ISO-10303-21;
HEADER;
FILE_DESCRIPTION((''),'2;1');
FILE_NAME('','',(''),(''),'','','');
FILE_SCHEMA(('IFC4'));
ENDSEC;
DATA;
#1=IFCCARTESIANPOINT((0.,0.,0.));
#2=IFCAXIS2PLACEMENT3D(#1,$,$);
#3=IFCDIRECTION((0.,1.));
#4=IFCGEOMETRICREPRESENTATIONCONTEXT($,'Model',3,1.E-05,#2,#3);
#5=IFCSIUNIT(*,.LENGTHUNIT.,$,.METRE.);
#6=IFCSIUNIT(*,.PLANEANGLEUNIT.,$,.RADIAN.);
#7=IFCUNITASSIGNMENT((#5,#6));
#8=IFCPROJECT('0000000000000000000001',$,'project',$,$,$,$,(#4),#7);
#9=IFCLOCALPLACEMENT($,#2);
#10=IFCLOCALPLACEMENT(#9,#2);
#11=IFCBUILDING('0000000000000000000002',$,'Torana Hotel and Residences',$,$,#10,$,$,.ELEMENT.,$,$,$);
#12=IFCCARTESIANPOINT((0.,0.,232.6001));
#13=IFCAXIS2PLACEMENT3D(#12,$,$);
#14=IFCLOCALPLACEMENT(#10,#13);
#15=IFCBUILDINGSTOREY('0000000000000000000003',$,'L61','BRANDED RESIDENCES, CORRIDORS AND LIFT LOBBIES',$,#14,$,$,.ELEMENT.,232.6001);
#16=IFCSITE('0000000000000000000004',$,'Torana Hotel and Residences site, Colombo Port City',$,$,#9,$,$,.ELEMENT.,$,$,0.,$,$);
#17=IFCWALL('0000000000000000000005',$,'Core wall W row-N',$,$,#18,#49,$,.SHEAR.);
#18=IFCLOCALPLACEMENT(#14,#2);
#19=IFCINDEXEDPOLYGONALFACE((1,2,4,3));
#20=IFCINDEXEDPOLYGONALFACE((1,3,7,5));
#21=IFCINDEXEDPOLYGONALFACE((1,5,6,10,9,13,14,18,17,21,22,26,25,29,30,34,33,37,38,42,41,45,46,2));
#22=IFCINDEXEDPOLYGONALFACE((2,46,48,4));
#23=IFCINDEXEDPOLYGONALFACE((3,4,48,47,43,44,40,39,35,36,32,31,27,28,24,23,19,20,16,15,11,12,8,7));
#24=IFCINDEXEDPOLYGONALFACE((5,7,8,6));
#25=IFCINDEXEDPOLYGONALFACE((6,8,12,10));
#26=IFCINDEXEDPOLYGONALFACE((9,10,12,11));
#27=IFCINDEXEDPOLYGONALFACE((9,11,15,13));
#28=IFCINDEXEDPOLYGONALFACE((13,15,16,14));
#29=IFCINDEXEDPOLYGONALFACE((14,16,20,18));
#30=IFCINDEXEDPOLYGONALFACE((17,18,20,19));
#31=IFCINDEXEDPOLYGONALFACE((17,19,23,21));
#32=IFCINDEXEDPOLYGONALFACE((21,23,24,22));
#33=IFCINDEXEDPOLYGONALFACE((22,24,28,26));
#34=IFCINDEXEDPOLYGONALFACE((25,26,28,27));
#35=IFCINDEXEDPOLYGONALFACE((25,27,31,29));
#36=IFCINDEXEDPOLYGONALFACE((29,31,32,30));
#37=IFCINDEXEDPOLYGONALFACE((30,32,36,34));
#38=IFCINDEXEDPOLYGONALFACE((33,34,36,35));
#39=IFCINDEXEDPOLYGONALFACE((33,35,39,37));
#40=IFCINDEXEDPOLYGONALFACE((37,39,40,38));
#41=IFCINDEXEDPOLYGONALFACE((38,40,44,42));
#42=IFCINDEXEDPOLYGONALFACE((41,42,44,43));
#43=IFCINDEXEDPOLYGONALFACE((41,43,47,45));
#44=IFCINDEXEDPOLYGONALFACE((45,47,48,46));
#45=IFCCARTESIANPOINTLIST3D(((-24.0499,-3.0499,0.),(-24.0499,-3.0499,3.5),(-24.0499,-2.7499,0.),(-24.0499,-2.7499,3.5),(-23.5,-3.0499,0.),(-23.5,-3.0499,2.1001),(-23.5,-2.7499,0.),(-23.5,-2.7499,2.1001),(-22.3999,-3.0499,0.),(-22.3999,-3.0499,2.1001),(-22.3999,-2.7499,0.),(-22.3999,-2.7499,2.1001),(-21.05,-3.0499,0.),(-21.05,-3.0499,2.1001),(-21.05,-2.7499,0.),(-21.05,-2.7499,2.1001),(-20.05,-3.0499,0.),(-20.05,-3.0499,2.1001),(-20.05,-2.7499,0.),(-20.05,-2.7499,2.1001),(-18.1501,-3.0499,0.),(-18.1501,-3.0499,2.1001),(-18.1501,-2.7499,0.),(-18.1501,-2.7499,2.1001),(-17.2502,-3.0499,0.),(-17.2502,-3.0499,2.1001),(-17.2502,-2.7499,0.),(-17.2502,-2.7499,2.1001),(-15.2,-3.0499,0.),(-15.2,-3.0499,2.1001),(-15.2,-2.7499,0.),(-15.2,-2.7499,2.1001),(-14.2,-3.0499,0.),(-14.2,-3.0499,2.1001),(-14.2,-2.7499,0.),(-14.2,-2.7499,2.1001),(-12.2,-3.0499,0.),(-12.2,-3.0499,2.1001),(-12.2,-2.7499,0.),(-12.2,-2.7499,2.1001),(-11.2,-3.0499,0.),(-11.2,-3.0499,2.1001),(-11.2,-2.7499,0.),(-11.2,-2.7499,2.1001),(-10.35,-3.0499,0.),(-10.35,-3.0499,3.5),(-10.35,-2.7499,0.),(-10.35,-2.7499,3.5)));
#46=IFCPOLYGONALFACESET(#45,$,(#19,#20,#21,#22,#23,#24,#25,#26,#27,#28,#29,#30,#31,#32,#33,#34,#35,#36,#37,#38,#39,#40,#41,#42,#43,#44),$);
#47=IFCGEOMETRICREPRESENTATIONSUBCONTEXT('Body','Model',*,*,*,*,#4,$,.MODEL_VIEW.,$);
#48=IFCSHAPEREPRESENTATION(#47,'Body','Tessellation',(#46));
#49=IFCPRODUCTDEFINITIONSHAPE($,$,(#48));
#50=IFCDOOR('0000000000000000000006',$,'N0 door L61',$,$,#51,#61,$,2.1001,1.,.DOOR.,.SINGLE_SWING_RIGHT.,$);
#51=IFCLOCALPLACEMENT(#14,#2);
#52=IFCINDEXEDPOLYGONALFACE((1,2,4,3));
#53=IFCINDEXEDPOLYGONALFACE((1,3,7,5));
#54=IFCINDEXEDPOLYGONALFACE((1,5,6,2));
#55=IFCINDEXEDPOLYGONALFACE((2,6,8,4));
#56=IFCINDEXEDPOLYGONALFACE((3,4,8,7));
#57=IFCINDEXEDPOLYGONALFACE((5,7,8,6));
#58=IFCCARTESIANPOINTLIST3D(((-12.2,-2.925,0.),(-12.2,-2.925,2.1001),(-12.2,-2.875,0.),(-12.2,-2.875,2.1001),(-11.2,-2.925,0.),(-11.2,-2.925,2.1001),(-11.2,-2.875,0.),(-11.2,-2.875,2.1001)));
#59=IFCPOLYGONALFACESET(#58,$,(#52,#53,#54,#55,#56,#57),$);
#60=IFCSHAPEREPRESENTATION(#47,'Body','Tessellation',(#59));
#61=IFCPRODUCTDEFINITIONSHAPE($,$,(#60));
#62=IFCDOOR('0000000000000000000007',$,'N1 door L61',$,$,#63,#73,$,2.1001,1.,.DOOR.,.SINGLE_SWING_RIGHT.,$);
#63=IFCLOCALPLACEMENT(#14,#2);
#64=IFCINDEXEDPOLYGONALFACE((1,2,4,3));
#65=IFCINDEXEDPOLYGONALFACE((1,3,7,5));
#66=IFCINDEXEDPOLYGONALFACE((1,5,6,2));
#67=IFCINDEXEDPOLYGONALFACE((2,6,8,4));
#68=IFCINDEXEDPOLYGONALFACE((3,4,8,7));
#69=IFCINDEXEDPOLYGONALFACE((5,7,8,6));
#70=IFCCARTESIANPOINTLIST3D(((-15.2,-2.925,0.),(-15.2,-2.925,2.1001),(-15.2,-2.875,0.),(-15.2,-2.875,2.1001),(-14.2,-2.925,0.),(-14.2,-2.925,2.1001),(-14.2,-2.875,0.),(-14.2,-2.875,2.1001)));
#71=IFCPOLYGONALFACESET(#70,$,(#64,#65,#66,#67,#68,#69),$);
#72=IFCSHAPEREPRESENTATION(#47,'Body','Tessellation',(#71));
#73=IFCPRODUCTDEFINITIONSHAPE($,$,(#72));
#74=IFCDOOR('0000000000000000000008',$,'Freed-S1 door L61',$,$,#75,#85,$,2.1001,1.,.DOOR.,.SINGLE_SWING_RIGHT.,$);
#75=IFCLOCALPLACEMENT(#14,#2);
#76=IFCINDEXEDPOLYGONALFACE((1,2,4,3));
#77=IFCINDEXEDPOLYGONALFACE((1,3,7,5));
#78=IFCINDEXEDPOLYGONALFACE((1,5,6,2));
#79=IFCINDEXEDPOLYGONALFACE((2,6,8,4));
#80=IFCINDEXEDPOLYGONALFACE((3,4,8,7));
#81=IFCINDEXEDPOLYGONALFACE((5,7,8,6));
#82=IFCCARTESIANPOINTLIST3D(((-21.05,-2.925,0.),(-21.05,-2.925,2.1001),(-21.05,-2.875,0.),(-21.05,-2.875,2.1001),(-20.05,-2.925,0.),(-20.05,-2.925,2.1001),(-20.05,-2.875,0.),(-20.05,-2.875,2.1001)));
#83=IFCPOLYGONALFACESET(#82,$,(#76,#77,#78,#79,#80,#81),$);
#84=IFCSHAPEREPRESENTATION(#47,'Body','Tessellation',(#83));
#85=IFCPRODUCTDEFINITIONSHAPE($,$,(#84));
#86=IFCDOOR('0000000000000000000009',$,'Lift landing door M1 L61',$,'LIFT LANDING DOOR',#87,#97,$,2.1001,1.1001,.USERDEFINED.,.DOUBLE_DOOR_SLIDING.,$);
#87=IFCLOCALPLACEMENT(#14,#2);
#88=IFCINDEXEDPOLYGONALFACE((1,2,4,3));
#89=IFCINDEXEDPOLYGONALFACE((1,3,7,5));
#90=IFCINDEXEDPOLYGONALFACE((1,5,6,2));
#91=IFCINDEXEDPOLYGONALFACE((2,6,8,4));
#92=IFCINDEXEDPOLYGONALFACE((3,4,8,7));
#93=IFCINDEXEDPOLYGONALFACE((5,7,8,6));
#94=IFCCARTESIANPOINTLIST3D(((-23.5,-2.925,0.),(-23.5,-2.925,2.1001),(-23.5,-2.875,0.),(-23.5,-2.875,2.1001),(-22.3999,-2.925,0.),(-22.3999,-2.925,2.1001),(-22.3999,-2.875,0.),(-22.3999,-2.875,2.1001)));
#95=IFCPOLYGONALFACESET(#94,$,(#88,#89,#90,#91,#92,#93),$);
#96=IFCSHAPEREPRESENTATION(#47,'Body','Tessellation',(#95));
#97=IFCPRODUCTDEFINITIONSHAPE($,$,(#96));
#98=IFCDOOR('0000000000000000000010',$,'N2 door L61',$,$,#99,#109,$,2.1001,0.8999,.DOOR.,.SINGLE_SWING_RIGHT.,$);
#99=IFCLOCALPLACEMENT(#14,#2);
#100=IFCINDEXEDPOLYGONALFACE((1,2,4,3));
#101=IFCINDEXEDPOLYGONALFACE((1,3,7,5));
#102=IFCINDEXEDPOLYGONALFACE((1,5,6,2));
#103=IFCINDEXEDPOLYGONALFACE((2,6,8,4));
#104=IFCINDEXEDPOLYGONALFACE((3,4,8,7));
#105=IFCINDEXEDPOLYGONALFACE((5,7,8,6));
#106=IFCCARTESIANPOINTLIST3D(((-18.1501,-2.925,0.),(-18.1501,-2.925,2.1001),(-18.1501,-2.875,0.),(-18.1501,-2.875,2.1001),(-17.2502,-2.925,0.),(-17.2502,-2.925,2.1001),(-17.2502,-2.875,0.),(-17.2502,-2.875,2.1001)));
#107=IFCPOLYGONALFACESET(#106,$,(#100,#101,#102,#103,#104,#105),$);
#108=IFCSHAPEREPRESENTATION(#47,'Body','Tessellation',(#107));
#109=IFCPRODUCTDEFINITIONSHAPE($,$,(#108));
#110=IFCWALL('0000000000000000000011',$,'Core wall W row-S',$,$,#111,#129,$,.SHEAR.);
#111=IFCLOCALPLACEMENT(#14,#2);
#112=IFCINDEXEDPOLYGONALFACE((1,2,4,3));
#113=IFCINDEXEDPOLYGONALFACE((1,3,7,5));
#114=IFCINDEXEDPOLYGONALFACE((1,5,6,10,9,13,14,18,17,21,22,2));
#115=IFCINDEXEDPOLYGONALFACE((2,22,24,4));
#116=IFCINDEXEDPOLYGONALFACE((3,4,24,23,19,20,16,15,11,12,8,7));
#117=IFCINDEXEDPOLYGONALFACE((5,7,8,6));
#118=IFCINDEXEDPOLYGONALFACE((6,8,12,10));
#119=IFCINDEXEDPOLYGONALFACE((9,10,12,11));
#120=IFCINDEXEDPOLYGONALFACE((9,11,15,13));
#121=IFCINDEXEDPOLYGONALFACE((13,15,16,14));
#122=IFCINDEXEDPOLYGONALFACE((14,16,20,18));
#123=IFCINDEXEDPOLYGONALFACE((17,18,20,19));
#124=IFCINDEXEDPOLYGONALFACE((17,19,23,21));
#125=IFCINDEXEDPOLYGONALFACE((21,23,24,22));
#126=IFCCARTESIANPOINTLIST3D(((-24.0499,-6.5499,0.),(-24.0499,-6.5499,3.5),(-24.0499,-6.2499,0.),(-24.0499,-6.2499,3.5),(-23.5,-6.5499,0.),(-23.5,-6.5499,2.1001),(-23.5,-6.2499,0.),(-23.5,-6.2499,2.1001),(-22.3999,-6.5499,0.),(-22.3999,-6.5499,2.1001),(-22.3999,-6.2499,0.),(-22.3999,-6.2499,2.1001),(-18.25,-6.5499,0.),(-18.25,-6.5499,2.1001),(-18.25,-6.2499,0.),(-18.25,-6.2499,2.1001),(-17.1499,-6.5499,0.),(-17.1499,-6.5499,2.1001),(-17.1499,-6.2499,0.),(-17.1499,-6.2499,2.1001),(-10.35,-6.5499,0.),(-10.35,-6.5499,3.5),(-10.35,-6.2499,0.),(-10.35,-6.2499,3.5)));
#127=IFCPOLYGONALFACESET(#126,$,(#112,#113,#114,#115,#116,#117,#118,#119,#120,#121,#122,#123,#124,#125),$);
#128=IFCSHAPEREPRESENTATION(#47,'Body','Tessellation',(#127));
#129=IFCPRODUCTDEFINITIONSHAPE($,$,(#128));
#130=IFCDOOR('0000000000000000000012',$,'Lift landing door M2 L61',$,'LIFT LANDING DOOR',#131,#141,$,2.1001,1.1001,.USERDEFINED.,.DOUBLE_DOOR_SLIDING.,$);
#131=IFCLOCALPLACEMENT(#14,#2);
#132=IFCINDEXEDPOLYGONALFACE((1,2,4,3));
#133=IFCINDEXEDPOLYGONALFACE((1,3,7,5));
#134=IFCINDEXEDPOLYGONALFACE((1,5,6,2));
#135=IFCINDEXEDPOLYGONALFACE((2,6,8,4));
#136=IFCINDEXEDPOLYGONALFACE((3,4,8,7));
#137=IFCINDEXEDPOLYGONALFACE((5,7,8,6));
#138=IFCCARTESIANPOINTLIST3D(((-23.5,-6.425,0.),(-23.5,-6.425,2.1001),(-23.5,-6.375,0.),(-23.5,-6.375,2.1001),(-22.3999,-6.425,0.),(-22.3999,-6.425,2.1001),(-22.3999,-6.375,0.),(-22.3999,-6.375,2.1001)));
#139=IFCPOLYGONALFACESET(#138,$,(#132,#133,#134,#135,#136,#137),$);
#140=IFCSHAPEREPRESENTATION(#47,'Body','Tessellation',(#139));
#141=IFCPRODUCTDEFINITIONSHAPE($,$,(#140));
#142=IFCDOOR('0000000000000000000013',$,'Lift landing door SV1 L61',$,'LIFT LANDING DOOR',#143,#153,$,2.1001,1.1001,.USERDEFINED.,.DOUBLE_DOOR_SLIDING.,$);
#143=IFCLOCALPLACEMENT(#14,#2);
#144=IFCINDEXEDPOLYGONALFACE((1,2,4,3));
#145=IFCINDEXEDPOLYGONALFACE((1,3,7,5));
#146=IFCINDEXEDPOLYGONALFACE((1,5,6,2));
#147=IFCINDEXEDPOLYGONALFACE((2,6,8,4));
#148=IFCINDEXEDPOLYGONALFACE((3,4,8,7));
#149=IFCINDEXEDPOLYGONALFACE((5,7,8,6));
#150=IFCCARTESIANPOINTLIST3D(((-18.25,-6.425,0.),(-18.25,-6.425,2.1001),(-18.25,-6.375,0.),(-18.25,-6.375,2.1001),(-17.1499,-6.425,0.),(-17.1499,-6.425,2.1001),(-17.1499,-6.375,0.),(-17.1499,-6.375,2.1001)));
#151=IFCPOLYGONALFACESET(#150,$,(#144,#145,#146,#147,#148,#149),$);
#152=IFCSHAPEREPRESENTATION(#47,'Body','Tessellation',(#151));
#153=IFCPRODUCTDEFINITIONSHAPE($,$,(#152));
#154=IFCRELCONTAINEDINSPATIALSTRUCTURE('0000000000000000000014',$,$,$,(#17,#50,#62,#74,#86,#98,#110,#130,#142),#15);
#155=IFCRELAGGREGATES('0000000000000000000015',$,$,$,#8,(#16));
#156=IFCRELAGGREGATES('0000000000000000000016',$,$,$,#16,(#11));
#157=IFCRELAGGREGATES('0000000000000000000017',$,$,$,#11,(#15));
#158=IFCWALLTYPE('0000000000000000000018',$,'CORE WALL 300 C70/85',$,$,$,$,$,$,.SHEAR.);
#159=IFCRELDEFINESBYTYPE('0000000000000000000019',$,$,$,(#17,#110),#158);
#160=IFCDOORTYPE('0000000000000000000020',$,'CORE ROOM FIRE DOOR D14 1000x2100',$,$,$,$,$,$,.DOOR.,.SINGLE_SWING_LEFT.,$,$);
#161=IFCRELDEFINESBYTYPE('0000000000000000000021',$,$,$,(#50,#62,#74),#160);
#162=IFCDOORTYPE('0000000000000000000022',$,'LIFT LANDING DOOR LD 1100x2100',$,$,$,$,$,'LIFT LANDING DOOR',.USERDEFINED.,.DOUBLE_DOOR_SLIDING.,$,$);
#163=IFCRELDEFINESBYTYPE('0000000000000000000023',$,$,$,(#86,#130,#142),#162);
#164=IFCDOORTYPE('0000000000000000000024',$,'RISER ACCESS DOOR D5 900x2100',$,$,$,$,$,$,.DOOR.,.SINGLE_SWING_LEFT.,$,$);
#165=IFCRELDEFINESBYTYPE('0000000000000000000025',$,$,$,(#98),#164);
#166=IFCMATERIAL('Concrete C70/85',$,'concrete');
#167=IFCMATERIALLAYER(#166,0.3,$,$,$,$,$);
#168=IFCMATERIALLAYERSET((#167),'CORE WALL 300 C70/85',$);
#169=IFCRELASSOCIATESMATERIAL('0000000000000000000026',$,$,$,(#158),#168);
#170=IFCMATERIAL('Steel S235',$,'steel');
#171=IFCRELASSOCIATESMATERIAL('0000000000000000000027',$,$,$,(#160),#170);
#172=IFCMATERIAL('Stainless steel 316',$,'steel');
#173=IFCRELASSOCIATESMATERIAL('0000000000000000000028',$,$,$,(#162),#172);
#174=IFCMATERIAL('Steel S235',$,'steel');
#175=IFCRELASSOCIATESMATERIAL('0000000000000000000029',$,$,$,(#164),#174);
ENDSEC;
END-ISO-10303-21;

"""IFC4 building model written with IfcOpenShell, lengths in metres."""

from ifc_helpers import new_model, si_unit, direction, frame, frame_2d, origin, place, context, subcontext, project, spatial, rectangle, extrude, material, layer, layer_set, type_object, element, fill, save


model = new_model("IFC4")

# Units and contexts
model_context = context("Model", 3, precision=1e-05, world=origin(), true_north=direction((0.0, 1.0)))
body_context = subcontext(model_context, "Body", "Model", "MODEL_VIEW")
ifc_project = project(units=[si_unit("LENGTHUNIT", "METRE"), si_unit("PLANEANGLEUNIT", "RADIAN")], contexts=[model_context])

# Site, building, storey
site_placement = place(None, origin())
site = spatial("IfcSite", under=ifc_project, at=site_placement, Name="Torana Hotel and Residences site, Colombo Port City", CompositionType="ELEMENT", RefElevation=0.0)
building_placement = place(site_placement, origin())
building = spatial("IfcBuilding", under=site, at=building_placement, Name="Torana Hotel and Residences", CompositionType="ELEMENT")
storey_placement = place(building_placement, frame((0.0, 0.0, 232.6001)))
storey = spatial("IfcBuildingStorey", under=building, at=storey_placement, Name="L61", Description="BRANDED RESIDENCES, CORRIDORS AND LIFT LOBBIES", CompositionType="ELEMENT", Elevation=232.6001)

# Walls, openings, doors
ifc_material_1 = material(Name="Concrete C70/85", Category="concrete")
ifc_layer_1 = layer(ifc_material_1, 0.3)
ifc_layer_set_1 = layer_set([ifc_layer_1], Name="CORE WALL 300 C70/85")
wall_type_1 = type_object("IfcWallType", Name="CORE WALL 300 C70/85", PredefinedType="SHEAR", material=ifc_layer_set_1)
wall_1_placement = place(storey_placement, frame((-24.05, -2.8999, 0.0), z_axis=(0.0, 0.0, 1.0), x_axis=(1.0, 0.0, 0.0)))
wall_1 = element("IfcWall", 1, at=wall_1_placement, inside=storey, type_object=wall_type_1, Name="Core wall W row-N", PredefinedType="SHEAR", context=body_context, shape_type="SweptSolid", body=[
    extrude(rectangle(XDim=13.7, YDim=0.3, at=frame_2d((6.8501, 0.0))), origin(), (0.0, 0.0, 1.0), 3.5),
])
opening_1_placement = place(wall_1_placement, frame((0.55, 0.0, 0.0)))
opening_1 = element("IfcOpeningElement", 2, at=opening_1_placement, cuts=wall_1, PredefinedType="OPENING", context=body_context, shape_type="SweptSolid", body=[
    extrude(rectangle(XDim=1.1001, YDim=2.1001, at=frame_2d((0.55, 1.05))), frame((0.0, 0.1599, 0.0), z_axis=(0.0, -1.0, 0.0), x_axis=(1.0, 0.0, 0.0)), (0.0, 0.0, 1.0), 0.3201),
])
opening_2_placement = place(wall_1_placement, frame((5.8999, 0.0, 0.0)))
opening_2 = element("IfcOpeningElement", 3, at=opening_2_placement, cuts=wall_1, PredefinedType="OPENING", context=body_context, shape_type="SweptSolid", body=[
    extrude(rectangle(XDim=0.8999, YDim=2.1001, at=frame_2d((0.45, 1.05))), frame((0.0, 0.1599, 0.0), z_axis=(0.0, -1.0, 0.0), x_axis=(1.0, 0.0, 0.0)), (0.0, 0.0, 1.0), 0.3201),
])
opening_3_placement = place(wall_1_placement, frame((11.8501, 0.0, 0.0)))
opening_3 = element("IfcOpeningElement", 4, at=opening_3_placement, cuts=wall_1, PredefinedType="OPENING", context=body_context, shape_type="SweptSolid", body=[
    extrude(rectangle(XDim=1.0, YDim=2.1001, at=frame_2d((0.5, 1.05))), frame((0.0, 0.1599, 0.0), z_axis=(0.0, -1.0, 0.0), x_axis=(1.0, 0.0, 0.0)), (0.0, 0.0, 1.0), 0.3201),
])
opening_4_placement = place(wall_1_placement, frame((8.8501, 0.0, 0.0)))
opening_4 = element("IfcOpeningElement", 5, at=opening_4_placement, cuts=wall_1, PredefinedType="OPENING", context=body_context, shape_type="SweptSolid", body=[
    extrude(rectangle(XDim=1.0, YDim=2.1001, at=frame_2d((0.5, 1.05))), frame((0.0, 0.1599, 0.0), z_axis=(0.0, -1.0, 0.0), x_axis=(1.0, 0.0, 0.0)), (0.0, 0.0, 1.0), 0.3201),
])
opening_5_placement = place(wall_1_placement, frame((3.0, 0.0, 0.0)))
opening_5 = element("IfcOpeningElement", 6, at=opening_5_placement, cuts=wall_1, PredefinedType="OPENING", context=body_context, shape_type="SweptSolid", body=[
    extrude(rectangle(XDim=1.0, YDim=2.1001, at=frame_2d((0.5, 1.05))), frame((0.0, 0.1599, 0.0), z_axis=(0.0, -1.0, 0.0), x_axis=(1.0, 0.0, 0.0)), (0.0, 0.0, 1.0), 0.3201),
])
ifc_material_2 = material(Name="Steel S235", Category="steel")
door_type_1 = type_object("IfcDoorType", Name="CORE ROOM FIRE DOOR D14 1000x2100", OperationType="SINGLE_SWING_LEFT", PredefinedType="DOOR", material=ifc_material_2)
door_1_placement = place(opening_3_placement, origin())
door_1 = element("IfcDoor", 7, at=door_1_placement, inside=storey, type_object=door_type_1, Name="N0 door L61", OperationType="SINGLE_SWING_RIGHT", OverallHeight=2.1001, OverallWidth=1.0, PredefinedType="DOOR", context=body_context, shape_type="SweptSolid", body=[
    extrude(rectangle(XDim=1.0, YDim=2.1001, at=frame_2d((0.5, 1.05))), frame((0.0, 0.0249, 0.0), z_axis=(0.0, -1.0, 0.0), x_axis=(1.0, 0.0, 0.0)), (0.0, 0.0, 1.0), 0.05),
])
fill(opening_3, door_1)
door_2_placement = place(opening_4_placement, origin())
door_2 = element("IfcDoor", 8, at=door_2_placement, inside=storey, type_object=door_type_1, Name="N1 door L61", OperationType="SINGLE_SWING_RIGHT", OverallHeight=2.1001, OverallWidth=1.0, PredefinedType="DOOR", context=body_context, shape_type="SweptSolid", body=[
    extrude(rectangle(XDim=1.0, YDim=2.1001, at=frame_2d((0.5, 1.05))), frame((0.0, 0.0249, 0.0), z_axis=(0.0, -1.0, 0.0), x_axis=(1.0, 0.0, 0.0)), (0.0, 0.0, 1.0), 0.05),
])
fill(opening_4, door_2)
door_3_placement = place(opening_5_placement, origin())
door_3 = element("IfcDoor", 9, at=door_3_placement, inside=storey, type_object=door_type_1, Name="Freed-S1 door L61", OperationType="SINGLE_SWING_RIGHT", OverallHeight=2.1001, OverallWidth=1.0, PredefinedType="DOOR", context=body_context, shape_type="SweptSolid", body=[
    extrude(rectangle(XDim=1.0, YDim=2.1001, at=frame_2d((0.5, 1.05))), frame((0.0, 0.0249, 0.0), z_axis=(0.0, -1.0, 0.0), x_axis=(1.0, 0.0, 0.0)), (0.0, 0.0, 1.0), 0.05),
])
fill(opening_5, door_3)
ifc_material_3 = material(Name="Stainless steel 316", Category="steel")
door_type_2 = type_object("IfcDoorType", Name="LIFT LANDING DOOR LD 1100x2100", ElementType="LIFT LANDING DOOR", OperationType="DOUBLE_DOOR_SLIDING", PredefinedType="USERDEFINED", material=ifc_material_3)
door_4_placement = place(opening_1_placement, origin())
door_4 = element("IfcDoor", 10, at=door_4_placement, inside=storey, type_object=door_type_2, Name="Lift landing door M1 L61", ObjectType="LIFT LANDING DOOR", OperationType="DOUBLE_DOOR_SLIDING", OverallHeight=2.1001, OverallWidth=1.1001, PredefinedType="USERDEFINED", context=body_context, shape_type="SweptSolid", body=[
    extrude(rectangle(XDim=1.1001, YDim=2.1001, at=frame_2d((0.55, 1.05))), frame((0.0, 0.0249, 0.0), z_axis=(0.0, -1.0, 0.0), x_axis=(1.0, 0.0, 0.0)), (0.0, 0.0, 1.0), 0.05),
])
fill(opening_1, door_4)
ifc_material_4 = material(Name="Steel S235", Category="steel")
door_type_3 = type_object("IfcDoorType", Name="RISER ACCESS DOOR D5 900x2100", OperationType="SINGLE_SWING_LEFT", PredefinedType="DOOR", material=ifc_material_4)
door_5_placement = place(opening_2_placement, origin())
door_5 = element("IfcDoor", 11, at=door_5_placement, inside=storey, type_object=door_type_3, Name="N2 door L61", OperationType="SINGLE_SWING_RIGHT", OverallHeight=2.1001, OverallWidth=0.8999, PredefinedType="DOOR", context=body_context, shape_type="SweptSolid", body=[
    extrude(rectangle(XDim=0.8999, YDim=2.1001, at=frame_2d((0.45, 1.05))), frame((0.0, 0.0249, 0.0), z_axis=(0.0, -1.0, 0.0), x_axis=(1.0, 0.0, 0.0)), (0.0, 0.0, 1.0), 0.05),
])
fill(opening_2, door_5)
wall_2_placement = place(storey_placement, frame((-24.05, -6.3999, 0.0), z_axis=(0.0, 0.0, 1.0), x_axis=(1.0, 0.0, 0.0)))
wall_2 = element("IfcWall", 12, at=wall_2_placement, inside=storey, type_object=wall_type_1, Name="Core wall W row-S", PredefinedType="SHEAR", context=body_context, shape_type="SweptSolid", body=[
    extrude(rectangle(XDim=13.7, YDim=0.3, at=frame_2d((6.8501, 0.0))), origin(), (0.0, 0.0, 1.0), 3.5),
])
opening_6_placement = place(wall_2_placement, frame((0.55, 0.0, 0.0)))
opening_6 = element("IfcOpeningElement", 13, at=opening_6_placement, cuts=wall_2, PredefinedType="OPENING", context=body_context, shape_type="SweptSolid", body=[
    extrude(rectangle(XDim=1.1001, YDim=2.1001, at=frame_2d((0.55, 1.05))), frame((0.0, 0.1599, 0.0), z_axis=(0.0, -1.0, 0.0), x_axis=(1.0, 0.0, 0.0)), (0.0, 0.0, 1.0), 0.3201),
])
opening_7_placement = place(wall_2_placement, frame((5.8, 0.0, 0.0)))
opening_7 = element("IfcOpeningElement", 14, at=opening_7_placement, cuts=wall_2, PredefinedType="OPENING", context=body_context, shape_type="SweptSolid", body=[
    extrude(rectangle(XDim=1.1001, YDim=2.1001, at=frame_2d((0.55, 1.05))), frame((0.0, 0.1599, 0.0), z_axis=(0.0, -1.0, 0.0), x_axis=(1.0, 0.0, 0.0)), (0.0, 0.0, 1.0), 0.3201),
])
door_6_placement = place(opening_6_placement, origin())
door_6 = element("IfcDoor", 15, at=door_6_placement, inside=storey, type_object=door_type_2, Name="Lift landing door M2 L61", ObjectType="LIFT LANDING DOOR", OperationType="DOUBLE_DOOR_SLIDING", OverallHeight=2.1001, OverallWidth=1.1001, PredefinedType="USERDEFINED", context=body_context, shape_type="SweptSolid", body=[
    extrude(rectangle(XDim=1.1001, YDim=2.1001, at=frame_2d((0.55, 1.05))), frame((0.0, 0.0249, 0.0), z_axis=(0.0, -1.0, 0.0), x_axis=(1.0, 0.0, 0.0)), (0.0, 0.0, 1.0), 0.05),
])
fill(opening_6, door_6)
door_7_placement = place(opening_7_placement, origin())
door_7 = element("IfcDoor", 16, at=door_7_placement, inside=storey, type_object=door_type_2, Name="Lift landing door SV1 L61", ObjectType="LIFT LANDING DOOR", OperationType="DOUBLE_DOOR_SLIDING", OverallHeight=2.1001, OverallWidth=1.1001, PredefinedType="USERDEFINED", context=body_context, shape_type="SweptSolid", body=[
    extrude(rectangle(XDim=1.1001, YDim=2.1001, at=frame_2d((0.55, 1.05))), frame((0.0, 0.0249, 0.0), z_axis=(0.0, -1.0, 0.0), x_axis=(1.0, 0.0, 0.0)), (0.0, 0.0, 1.0), 0.05),
])
fill(opening_7, door_7)

save(model, "model.ifc")
